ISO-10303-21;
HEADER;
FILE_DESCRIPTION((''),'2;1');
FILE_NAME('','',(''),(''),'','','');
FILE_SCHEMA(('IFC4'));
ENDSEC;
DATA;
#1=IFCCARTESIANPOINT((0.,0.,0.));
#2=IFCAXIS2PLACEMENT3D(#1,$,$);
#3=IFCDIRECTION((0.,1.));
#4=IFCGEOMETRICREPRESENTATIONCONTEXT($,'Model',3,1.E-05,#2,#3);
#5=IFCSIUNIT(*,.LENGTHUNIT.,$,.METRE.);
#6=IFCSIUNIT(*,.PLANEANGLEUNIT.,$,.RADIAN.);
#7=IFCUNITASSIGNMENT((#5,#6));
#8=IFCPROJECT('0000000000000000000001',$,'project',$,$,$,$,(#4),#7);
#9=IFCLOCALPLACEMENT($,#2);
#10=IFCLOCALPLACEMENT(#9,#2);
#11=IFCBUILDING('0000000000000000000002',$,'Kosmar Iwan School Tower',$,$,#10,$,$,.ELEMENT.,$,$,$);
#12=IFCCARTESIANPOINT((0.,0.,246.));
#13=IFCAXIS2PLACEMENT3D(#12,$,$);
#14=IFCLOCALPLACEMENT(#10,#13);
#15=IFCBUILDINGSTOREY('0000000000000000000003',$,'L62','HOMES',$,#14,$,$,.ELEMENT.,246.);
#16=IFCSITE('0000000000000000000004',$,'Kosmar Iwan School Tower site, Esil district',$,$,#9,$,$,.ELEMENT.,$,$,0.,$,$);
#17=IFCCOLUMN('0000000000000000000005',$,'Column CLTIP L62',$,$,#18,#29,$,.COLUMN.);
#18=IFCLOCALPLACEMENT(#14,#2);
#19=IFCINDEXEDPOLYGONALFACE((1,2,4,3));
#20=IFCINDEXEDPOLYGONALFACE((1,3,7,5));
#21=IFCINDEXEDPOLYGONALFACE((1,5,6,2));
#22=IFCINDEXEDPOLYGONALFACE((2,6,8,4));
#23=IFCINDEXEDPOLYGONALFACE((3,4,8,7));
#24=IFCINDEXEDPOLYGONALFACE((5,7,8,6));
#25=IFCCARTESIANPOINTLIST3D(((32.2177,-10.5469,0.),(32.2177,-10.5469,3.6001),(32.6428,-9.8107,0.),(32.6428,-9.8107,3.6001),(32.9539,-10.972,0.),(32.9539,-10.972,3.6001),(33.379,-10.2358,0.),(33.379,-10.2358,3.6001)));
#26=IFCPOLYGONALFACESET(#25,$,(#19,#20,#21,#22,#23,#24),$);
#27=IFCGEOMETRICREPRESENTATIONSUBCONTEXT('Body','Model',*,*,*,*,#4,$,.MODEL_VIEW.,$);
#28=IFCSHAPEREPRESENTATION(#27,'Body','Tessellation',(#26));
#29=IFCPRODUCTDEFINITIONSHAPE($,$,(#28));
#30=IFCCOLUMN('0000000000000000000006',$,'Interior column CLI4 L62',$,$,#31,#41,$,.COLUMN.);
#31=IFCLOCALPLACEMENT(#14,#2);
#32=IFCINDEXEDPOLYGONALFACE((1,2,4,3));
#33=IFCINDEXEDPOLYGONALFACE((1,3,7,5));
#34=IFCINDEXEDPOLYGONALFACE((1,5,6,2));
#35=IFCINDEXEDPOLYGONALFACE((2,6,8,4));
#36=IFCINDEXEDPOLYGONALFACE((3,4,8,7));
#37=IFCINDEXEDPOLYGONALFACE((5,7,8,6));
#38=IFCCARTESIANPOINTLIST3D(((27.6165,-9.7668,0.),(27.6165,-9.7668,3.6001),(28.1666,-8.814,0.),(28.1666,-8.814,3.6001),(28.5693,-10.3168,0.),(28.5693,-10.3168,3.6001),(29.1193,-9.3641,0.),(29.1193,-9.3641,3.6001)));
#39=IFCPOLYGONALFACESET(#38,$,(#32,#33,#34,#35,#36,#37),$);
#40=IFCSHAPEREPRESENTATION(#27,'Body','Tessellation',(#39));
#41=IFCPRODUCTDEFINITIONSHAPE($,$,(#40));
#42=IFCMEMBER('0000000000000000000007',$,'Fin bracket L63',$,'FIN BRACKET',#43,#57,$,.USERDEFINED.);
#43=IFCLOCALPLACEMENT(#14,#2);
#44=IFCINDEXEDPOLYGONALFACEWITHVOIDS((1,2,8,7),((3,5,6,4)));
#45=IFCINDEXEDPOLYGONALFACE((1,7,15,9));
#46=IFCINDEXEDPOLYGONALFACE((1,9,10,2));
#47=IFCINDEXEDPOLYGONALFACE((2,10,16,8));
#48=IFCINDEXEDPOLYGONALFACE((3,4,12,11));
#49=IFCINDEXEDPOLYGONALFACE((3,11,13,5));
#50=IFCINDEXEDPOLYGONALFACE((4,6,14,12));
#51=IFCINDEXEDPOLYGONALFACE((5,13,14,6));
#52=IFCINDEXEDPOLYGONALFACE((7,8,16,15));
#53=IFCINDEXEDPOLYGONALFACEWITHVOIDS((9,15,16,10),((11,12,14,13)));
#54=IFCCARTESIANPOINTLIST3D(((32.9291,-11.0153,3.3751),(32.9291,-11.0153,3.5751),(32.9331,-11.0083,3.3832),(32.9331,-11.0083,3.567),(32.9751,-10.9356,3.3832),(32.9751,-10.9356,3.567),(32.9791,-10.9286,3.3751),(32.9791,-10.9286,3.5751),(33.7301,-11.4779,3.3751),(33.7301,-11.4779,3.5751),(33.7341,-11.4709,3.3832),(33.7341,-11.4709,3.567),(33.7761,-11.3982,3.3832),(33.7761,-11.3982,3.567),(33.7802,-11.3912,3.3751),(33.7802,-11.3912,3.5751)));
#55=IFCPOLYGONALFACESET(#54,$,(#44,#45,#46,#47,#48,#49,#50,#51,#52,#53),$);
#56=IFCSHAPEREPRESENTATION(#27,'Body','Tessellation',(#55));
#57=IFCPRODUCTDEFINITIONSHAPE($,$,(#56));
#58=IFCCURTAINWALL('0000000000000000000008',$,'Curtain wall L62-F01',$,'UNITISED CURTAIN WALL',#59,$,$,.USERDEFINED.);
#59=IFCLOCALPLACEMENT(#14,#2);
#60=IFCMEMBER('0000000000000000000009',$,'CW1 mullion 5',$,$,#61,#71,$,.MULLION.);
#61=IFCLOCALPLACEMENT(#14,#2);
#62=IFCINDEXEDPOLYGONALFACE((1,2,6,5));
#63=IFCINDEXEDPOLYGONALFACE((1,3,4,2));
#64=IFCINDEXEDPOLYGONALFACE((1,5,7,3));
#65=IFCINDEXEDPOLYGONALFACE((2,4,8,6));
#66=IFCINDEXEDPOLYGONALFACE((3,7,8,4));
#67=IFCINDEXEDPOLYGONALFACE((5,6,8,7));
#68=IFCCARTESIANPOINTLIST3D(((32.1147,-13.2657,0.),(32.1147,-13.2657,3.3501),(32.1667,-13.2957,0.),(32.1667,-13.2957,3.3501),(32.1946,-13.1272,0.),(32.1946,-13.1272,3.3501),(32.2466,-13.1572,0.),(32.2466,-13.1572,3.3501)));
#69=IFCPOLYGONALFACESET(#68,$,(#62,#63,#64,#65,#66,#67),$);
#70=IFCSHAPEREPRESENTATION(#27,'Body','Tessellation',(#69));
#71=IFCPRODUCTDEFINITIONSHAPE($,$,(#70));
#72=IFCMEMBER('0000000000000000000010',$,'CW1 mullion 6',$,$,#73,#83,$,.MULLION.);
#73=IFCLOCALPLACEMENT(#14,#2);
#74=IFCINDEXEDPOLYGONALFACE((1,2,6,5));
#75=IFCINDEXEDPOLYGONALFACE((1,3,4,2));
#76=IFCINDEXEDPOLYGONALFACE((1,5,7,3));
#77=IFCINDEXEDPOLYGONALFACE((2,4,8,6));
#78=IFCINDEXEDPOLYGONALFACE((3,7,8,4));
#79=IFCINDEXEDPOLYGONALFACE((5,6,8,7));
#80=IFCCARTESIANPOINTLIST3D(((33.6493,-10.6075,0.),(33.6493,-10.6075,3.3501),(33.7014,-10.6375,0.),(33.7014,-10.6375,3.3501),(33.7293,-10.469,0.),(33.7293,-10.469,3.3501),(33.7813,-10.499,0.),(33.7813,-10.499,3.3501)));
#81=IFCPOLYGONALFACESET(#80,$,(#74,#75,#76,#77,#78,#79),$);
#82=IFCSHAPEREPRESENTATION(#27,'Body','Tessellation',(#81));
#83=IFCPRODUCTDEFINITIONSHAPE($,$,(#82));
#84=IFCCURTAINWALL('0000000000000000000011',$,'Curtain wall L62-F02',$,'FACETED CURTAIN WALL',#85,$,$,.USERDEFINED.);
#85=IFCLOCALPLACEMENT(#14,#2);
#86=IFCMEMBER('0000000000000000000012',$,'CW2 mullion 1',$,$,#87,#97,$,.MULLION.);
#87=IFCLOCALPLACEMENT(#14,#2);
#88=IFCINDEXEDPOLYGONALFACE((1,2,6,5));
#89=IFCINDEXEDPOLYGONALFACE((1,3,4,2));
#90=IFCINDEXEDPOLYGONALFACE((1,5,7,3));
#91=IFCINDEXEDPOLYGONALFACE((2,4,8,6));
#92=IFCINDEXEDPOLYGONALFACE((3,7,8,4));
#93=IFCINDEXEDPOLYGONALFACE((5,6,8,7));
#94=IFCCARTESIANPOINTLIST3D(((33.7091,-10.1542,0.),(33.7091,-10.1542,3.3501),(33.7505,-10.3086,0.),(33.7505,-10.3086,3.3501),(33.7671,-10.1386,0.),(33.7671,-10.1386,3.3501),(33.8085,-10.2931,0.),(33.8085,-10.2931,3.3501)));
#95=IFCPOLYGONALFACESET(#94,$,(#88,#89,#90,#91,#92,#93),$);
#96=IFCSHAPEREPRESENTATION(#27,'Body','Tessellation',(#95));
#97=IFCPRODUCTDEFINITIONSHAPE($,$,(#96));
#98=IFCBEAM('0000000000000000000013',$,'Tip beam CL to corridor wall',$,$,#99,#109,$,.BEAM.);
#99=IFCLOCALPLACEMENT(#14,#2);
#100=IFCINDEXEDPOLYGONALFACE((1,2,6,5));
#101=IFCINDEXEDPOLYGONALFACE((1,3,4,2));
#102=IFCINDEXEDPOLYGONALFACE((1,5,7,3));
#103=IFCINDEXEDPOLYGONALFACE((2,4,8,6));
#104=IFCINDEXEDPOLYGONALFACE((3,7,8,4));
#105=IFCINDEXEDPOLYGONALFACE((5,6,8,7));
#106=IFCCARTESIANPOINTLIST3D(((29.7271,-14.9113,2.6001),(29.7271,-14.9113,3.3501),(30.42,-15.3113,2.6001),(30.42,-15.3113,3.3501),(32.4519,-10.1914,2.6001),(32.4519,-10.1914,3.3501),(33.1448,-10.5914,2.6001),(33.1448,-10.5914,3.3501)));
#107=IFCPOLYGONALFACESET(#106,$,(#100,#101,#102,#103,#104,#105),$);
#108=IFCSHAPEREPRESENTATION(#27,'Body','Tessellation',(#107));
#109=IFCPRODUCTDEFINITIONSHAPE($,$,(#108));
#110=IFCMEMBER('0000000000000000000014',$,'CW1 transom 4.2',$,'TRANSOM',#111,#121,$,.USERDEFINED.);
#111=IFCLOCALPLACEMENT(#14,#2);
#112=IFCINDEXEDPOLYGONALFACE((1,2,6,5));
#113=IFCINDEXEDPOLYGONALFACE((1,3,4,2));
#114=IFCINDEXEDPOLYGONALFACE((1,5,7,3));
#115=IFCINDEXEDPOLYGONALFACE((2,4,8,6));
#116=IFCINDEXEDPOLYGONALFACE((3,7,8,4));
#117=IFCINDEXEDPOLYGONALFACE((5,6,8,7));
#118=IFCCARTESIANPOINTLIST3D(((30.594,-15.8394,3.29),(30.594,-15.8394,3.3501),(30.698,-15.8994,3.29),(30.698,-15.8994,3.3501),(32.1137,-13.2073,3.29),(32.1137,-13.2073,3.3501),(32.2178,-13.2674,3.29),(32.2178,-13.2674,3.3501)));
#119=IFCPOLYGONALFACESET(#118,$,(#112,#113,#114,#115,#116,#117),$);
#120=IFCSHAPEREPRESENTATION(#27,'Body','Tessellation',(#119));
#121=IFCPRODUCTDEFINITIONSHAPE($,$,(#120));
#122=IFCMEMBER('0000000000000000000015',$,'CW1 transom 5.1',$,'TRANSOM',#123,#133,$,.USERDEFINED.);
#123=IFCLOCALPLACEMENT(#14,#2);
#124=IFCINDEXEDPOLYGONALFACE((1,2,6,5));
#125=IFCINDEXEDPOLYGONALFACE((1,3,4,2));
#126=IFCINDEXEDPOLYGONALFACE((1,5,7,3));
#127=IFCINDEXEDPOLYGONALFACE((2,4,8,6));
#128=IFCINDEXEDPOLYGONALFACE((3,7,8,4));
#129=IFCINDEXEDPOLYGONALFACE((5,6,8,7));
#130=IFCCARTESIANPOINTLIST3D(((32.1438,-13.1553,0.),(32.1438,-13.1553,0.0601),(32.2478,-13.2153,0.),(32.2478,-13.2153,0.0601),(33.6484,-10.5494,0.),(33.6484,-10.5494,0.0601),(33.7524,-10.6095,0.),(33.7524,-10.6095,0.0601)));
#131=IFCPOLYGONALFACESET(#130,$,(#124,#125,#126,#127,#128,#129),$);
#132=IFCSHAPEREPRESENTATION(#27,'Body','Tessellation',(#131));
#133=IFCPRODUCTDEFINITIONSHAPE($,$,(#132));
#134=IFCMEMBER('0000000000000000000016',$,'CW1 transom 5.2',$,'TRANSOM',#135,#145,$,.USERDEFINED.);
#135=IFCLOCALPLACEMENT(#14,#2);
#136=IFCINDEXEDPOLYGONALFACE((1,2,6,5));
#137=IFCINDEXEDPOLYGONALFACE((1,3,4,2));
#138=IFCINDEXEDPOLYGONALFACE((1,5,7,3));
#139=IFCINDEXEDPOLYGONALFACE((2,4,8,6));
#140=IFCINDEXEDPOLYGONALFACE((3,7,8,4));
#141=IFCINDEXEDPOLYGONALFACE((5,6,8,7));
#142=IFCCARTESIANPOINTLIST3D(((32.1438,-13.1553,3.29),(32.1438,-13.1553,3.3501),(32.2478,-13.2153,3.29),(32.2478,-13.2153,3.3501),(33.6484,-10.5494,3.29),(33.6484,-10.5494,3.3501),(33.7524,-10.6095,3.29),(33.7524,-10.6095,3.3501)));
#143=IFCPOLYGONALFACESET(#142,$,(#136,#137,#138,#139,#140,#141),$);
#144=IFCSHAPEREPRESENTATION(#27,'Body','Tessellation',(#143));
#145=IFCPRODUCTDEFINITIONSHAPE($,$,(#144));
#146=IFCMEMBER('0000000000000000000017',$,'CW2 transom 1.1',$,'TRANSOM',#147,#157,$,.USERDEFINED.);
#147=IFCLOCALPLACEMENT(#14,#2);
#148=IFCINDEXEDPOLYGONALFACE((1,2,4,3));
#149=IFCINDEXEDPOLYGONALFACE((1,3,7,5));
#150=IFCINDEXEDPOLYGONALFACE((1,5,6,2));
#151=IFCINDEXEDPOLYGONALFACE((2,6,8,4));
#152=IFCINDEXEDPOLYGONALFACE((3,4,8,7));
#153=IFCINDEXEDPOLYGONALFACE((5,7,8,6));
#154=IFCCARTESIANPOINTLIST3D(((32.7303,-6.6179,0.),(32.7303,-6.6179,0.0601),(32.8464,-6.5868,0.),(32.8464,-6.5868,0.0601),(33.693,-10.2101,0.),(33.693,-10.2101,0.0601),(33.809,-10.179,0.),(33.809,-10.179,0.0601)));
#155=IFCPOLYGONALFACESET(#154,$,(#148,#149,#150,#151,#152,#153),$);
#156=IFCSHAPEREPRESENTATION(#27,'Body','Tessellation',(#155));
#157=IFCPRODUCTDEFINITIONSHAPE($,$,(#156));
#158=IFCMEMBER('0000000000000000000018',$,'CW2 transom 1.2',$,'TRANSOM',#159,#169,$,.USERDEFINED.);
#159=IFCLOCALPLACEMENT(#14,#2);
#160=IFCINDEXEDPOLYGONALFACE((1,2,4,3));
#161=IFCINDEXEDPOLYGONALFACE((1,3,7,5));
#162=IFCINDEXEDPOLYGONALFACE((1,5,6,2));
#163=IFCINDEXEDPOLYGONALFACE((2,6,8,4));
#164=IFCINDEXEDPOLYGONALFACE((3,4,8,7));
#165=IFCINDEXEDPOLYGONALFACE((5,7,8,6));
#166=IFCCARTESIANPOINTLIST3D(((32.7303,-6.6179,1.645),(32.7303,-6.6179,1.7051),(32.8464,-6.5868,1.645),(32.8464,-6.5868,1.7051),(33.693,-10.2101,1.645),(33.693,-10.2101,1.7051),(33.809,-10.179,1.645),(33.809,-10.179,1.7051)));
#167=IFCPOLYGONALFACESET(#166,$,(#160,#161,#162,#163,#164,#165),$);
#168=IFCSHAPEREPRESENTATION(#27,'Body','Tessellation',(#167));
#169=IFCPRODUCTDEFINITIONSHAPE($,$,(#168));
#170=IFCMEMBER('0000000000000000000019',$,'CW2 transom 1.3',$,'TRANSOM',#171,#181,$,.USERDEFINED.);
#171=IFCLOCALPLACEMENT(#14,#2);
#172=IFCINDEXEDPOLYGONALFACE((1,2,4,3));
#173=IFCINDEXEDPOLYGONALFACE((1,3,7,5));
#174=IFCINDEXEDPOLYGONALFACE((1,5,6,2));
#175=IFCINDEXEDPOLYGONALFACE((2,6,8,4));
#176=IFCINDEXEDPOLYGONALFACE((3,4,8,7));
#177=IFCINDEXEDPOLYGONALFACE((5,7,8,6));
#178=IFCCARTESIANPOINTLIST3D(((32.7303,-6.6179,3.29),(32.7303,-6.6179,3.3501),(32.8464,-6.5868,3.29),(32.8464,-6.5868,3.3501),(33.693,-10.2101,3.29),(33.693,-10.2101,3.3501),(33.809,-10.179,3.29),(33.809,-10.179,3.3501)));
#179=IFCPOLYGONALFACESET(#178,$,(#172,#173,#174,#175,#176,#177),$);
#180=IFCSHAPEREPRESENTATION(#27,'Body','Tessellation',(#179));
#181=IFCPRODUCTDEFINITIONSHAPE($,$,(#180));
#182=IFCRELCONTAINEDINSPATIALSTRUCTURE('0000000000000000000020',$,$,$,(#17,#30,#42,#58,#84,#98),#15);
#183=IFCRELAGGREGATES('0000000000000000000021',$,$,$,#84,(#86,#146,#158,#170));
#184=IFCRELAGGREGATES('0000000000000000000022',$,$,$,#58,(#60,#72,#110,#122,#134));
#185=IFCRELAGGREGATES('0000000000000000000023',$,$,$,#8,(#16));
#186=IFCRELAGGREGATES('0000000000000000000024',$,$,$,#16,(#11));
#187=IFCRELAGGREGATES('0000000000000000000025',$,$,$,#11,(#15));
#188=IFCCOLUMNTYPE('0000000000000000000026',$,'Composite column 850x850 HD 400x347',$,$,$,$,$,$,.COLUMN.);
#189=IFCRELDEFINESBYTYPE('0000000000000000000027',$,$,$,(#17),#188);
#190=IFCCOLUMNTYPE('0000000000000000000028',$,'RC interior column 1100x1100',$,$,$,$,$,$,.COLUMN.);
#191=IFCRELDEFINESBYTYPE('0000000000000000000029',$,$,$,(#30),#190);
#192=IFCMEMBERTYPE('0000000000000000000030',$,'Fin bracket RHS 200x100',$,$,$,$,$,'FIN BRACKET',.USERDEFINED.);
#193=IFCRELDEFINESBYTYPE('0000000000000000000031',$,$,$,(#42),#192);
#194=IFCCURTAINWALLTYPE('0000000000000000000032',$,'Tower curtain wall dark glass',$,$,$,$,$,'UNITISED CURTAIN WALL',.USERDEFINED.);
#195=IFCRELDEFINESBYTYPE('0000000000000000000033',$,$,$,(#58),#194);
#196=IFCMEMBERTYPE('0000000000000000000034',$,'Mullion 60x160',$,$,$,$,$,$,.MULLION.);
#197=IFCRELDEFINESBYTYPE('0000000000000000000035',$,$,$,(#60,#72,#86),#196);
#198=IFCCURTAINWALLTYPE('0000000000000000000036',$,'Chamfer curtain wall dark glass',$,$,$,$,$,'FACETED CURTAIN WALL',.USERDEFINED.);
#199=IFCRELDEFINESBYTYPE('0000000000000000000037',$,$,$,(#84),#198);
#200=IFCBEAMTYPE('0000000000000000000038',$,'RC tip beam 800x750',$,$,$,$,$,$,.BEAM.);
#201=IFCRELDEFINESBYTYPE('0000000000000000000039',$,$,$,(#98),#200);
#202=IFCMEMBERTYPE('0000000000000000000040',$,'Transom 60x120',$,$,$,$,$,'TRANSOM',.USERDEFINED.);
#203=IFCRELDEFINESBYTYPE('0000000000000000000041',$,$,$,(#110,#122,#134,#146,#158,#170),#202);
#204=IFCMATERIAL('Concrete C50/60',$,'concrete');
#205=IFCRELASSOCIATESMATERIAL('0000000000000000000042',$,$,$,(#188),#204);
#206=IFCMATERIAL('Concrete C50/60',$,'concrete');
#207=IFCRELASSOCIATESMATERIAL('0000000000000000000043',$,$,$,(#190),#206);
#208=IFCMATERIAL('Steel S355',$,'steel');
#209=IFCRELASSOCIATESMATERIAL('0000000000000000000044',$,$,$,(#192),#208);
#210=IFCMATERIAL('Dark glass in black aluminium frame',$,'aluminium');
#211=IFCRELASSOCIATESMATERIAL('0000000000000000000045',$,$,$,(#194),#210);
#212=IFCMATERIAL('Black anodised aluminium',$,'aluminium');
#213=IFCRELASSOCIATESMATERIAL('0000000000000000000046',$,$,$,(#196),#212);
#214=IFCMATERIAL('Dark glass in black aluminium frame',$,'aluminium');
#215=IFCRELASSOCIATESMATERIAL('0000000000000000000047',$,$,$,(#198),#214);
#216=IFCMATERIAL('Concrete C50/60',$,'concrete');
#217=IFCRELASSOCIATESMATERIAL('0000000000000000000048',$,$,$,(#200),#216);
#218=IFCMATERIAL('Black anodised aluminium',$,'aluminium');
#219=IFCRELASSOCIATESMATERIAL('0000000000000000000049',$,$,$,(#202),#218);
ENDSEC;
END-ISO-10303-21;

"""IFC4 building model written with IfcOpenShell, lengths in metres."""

from ifc_helpers import new_model, si_unit, direction, frame, origin, origin_2d, place, context, subcontext, project, spatial, rectangle, hollow_rectangle, extrude, material, material_profile, profile_set, type_object, element, aggregate, save


model = new_model("IFC4")

# Units and contexts
model_context = context("Model", 3, precision=1e-05, world=origin(), true_north=direction((0.0, 1.0)))
body_context = subcontext(model_context, "Body", "Model", "MODEL_VIEW")
ifc_project = project(units=[si_unit("LENGTHUNIT", "METRE"), si_unit("PLANEANGLEUNIT", "RADIAN")], contexts=[model_context])

# Site, building, storey
site_placement = place(None, origin())
site = spatial("IfcSite", under=ifc_project, at=site_placement, Name="Kosmar Iwan School Tower site, Esil district", CompositionType="ELEMENT", RefElevation=0.0)
building_placement = place(site_placement, origin())
building = spatial("IfcBuilding", under=site, at=building_placement, Name="Kosmar Iwan School Tower", CompositionType="ELEMENT")
storey_placement = place(building_placement, frame((0.0, 0.0, 246.0)))
storey = spatial("IfcBuildingStorey", under=building, at=storey_placement, Name="L62", Description="HOMES", CompositionType="ELEMENT", Elevation=246.0)

# Columns
ifc_material_1 = material(Name="Concrete C50/60", Category="concrete")
ifc_material_profile_1 = material_profile(ifc_material_1, rectangle(XDim=0.8501, YDim=0.8501, at=origin_2d()), Name="RC 850x850 + HD 400x347")
ifc_profile_set_1 = profile_set([ifc_material_profile_1], Name="Concrete C50/60")
column_type_1 = type_object("IfcColumnType", Name="Composite column 850x850 HD 400x347", PredefinedType="COLUMN", material=ifc_profile_set_1)
column_1_placement = place(storey_placement, frame((32.7983, -10.3914, 0.0), z_axis=(0.0, 0.0, 1.0), x_axis=(0.866025, -0.5, 0.0)))
element("IfcColumn", 1, at=column_1_placement, inside=storey, type_object=column_type_1, Name="Column CLTIP L62", PredefinedType="COLUMN", context=body_context, shape_type="SweptSolid", body=[
    extrude(rectangle(XDim=0.8501, YDim=0.8501, at=origin_2d()), origin(), (0.0, 0.0, 1.0), 3.6001),
])
ifc_material_2 = material(Name="Concrete C50/60", Category="concrete")
ifc_material_profile_2 = material_profile(ifc_material_2, rectangle(XDim=1.1001, YDim=1.1001, at=origin_2d()), Name="RC 1100x1100")
ifc_profile_set_2 = profile_set([ifc_material_profile_2], Name="Concrete C50/60")
column_type_2 = type_object("IfcColumnType", Name="RC interior column 1100x1100", PredefinedType="COLUMN", material=ifc_profile_set_2)
column_2_placement = place(storey_placement, frame((28.3679, -9.5654, 0.0), z_axis=(0.0, 0.0, 1.0), x_axis=(0.866025, -0.5, 0.0)))
element("IfcColumn", 2, at=column_2_placement, inside=storey, type_object=column_type_2, Name="Interior column CLI4 L62", PredefinedType="COLUMN", context=body_context, shape_type="SweptSolid", body=[
    extrude(rectangle(XDim=1.1001, YDim=1.1001, at=origin_2d()), origin(), (0.0, 0.0, 1.0), 3.6001),
])

# Member
ifc_material_3 = material(Name="Steel S355", Category="steel")
ifc_material_profile_3 = material_profile(ifc_material_3, hollow_rectangle(XDim=0.1001, YDim=0.2, WallThickness=0.0081, at=origin_2d()), Name="RHS 200x100x8")
ifc_profile_set_3 = profile_set([ifc_material_profile_3], Name="Steel S355")
member_type_1 = type_object("IfcMemberType", Name="Fin bracket RHS 200x100", ElementType="FIN BRACKET", PredefinedType="USERDEFINED", material=ifc_profile_set_3)
member_1_placement = place(storey_placement, frame((32.9541, -10.9719, 3.4751), z_axis=(0.865944, -0.500141, 0.0), x_axis=(0.500141, 0.865944, 0.0)))
element("IfcMember", 3, at=member_1_placement, inside=storey, type_object=member_type_1, Name="Fin bracket L63", ObjectType="FIN BRACKET", PredefinedType="USERDEFINED", context=body_context, shape_type="SweptSolid", body=[
    extrude(hollow_rectangle(XDim=0.1001, YDim=0.2, WallThickness=0.0081, at=origin_2d()), origin(), (0.0, 0.0, 1.0), 0.925),
])

# Curtain wall, members
ifc_material_4 = material(Name="Dark glass in black aluminium frame", Category="aluminium")
curtain_wall_type_1 = type_object("IfcCurtainWallType", Name="Tower curtain wall dark glass", ElementType="UNITISED CURTAIN WALL", PredefinedType="USERDEFINED", material=ifc_material_4)
curtain_wall_1_placement = place(storey_placement, origin())
curtain_wall_1 = element("IfcCurtainWall", 4, at=curtain_wall_1_placement, inside=storey, type_object=curtain_wall_type_1, Name="Curtain wall L62-F01", ObjectType="UNITISED CURTAIN WALL", PredefinedType="USERDEFINED")
ifc_material_5 = material(Name="Black anodised aluminium", Category="aluminium")
ifc_material_profile_4 = material_profile(ifc_material_5, rectangle(XDim=0.0601, YDim=0.1599, at=origin_2d()), Name="MULLION 60x160")
ifc_profile_set_4 = profile_set([ifc_material_profile_4], Name="Black anodised aluminium")
member_type_2 = type_object("IfcMemberType", Name="Mullion 60x160", PredefinedType="MULLION", material=ifc_profile_set_4)
member_2_placement = place(storey_placement, frame((32.1807, -13.2114, 0.0), z_axis=(0.0, 0.0, 1.0), x_axis=(-0.866025, 0.5, 0.0)))
member_2 = element("IfcMember", 5, at=member_2_placement, type_object=member_type_2, Name="CW1 mullion 5", PredefinedType="MULLION", context=body_context, shape_type="SweptSolid", body=[
    extrude(rectangle(XDim=0.0601, YDim=0.1599, at=origin_2d()), origin(), (0.0, 0.0, 1.0), 3.3501),
])
member_3_placement = place(storey_placement, frame((33.7153, -10.5532, 0.0), z_axis=(0.0, 0.0, 1.0), x_axis=(-0.866025, 0.5, 0.0)))
member_3 = element("IfcMember", 6, at=member_3_placement, type_object=member_type_2, Name="CW1 mullion 6", PredefinedType="MULLION", context=body_context, shape_type="SweptSolid", body=[
    extrude(rectangle(XDim=0.0601, YDim=0.1599, at=origin_2d()), origin(), (0.0, 0.0, 1.0), 3.3501),
])

# Curtain wall, member
ifc_material_6 = material(Name="Dark glass in black aluminium frame", Category="aluminium")
curtain_wall_type_2 = type_object("IfcCurtainWallType", Name="Chamfer curtain wall dark glass", ElementType="FACETED CURTAIN WALL", PredefinedType="USERDEFINED", material=ifc_material_6)
curtain_wall_2_placement = place(storey_placement, origin())
curtain_wall_2 = element("IfcCurtainWall", 7, at=curtain_wall_2_placement, inside=storey, type_object=curtain_wall_type_2, Name="Curtain wall L62-F02", ObjectType="FACETED CURTAIN WALL", PredefinedType="USERDEFINED")
member_4_placement = place(storey_placement, frame((33.7588, -10.2236, 0.0), z_axis=(0.0, 0.0, 1.0), x_axis=(-0.965926, -0.258819, 0.0)))
member_4 = element("IfcMember", 8, at=member_4_placement, type_object=member_type_2, Name="CW2 mullion 1", PredefinedType="MULLION", context=body_context, shape_type="SweptSolid", body=[
    extrude(rectangle(XDim=0.0601, YDim=0.1599, at=origin_2d()), origin(), (0.0, 0.0, 1.0), 3.3501),
])

# Beam
ifc_material_7 = material(Name="Concrete C50/60", Category="concrete")
ifc_material_profile_5 = material_profile(ifc_material_7, rectangle(XDim=0.8, YDim=0.75, at=origin_2d()), Name="RC 800x750")
ifc_profile_set_5 = profile_set([ifc_material_profile_5], Name="Concrete C50/60")
beam_type = type_object("IfcBeamType", Name="RC tip beam 800x750", PredefinedType="BEAM", material=ifc_profile_set_5)
beam_placement = place(storey_placement, frame((32.7983, -10.3914, 2.9751), z_axis=(-0.499969, -0.866043, 0.0), x_axis=(0.866043, -0.499969, 0.0)))
element("IfcBeam", 9, at=beam_placement, inside=storey, type_object=beam_type, Name="Tip beam CL to corridor wall", PredefinedType="BEAM", context=body_context, shape_type="SweptSolid", body=[
    extrude(rectangle(XDim=0.8, YDim=0.75, at=origin_2d()), origin(), (0.0, 0.0, 1.0), 5.45),
])

# Members
ifc_material_8 = material(Name="Black anodised aluminium", Category="aluminium")
ifc_material_profile_6 = material_profile(ifc_material_8, rectangle(XDim=0.1201, YDim=0.0601, at=origin_2d()), Name="TRANSOM 60x120")
ifc_profile_set_6 = profile_set([ifc_material_profile_6], Name="Black anodised aluminium")
member_type_3 = type_object("IfcMemberType", Name="Transom 60x120", ElementType="TRANSOM", PredefinedType="USERDEFINED", material=ifc_profile_set_6)
member_5_placement = place(storey_placement, frame((30.646, -15.8694, 3.3201), z_axis=(0.500035, 0.866005, 0.0), x_axis=(-0.866005, 0.500035, 0.0)))
member_5 = element("IfcMember", 10, at=member_5_placement, type_object=member_type_3, Name="CW1 transom 4.2", ObjectType="TRANSOM", PredefinedType="USERDEFINED", context=body_context, shape_type="SweptSolid", body=[
    extrude(rectangle(XDim=0.1201, YDim=0.0601, at=origin_2d()), origin(), (0.0, 0.0, 1.0), 3.0393),
])
member_6_placement = place(storey_placement, frame((32.1958, -13.1853, 0.03), z_axis=(0.500022, 0.866013, 0.0), x_axis=(-0.866013, 0.500022, 0.0)))
member_6 = element("IfcMember", 11, at=member_6_placement, type_object=member_type_3, Name="CW1 transom 5.1", ObjectType="TRANSOM", PredefinedType="USERDEFINED", context=body_context, shape_type="SweptSolid", body=[
    extrude(rectangle(XDim=0.1201, YDim=0.0601, at=origin_2d()), origin(), (0.0, 0.0, 1.0), 3.009),
])
member_7_placement = place(storey_placement, frame((32.1958, -13.1853, 3.3201), z_axis=(0.500022, 0.866013, 0.0), x_axis=(-0.866013, 0.500022, 0.0)))
member_7 = element("IfcMember", 12, at=member_7_placement, type_object=member_type_3, Name="CW1 transom 5.2", ObjectType="TRANSOM", PredefinedType="USERDEFINED", context=body_context, shape_type="SweptSolid", body=[
    extrude(rectangle(XDim=0.1201, YDim=0.0601, at=origin_2d()), origin(), (0.0, 0.0, 1.0), 3.009),
])
member_8_placement = place(storey_placement, frame((33.751, -10.1946, 0.03), z_axis=(-0.258843, 0.965919, 0.0), x_axis=(-0.965919, -0.258843, 0.0)))
member_8 = element("IfcMember", 13, at=member_8_placement, type_object=member_type_3, Name="CW2 transom 1.1", ObjectType="TRANSOM", PredefinedType="USERDEFINED", context=body_context, shape_type="SweptSolid", body=[
    extrude(rectangle(XDim=0.1201, YDim=0.0601, at=origin_2d()), origin(), (0.0, 0.0, 1.0), 3.719),
])
member_9_placement = place(storey_placement, frame((33.751, -10.1946, 1.675), z_axis=(-0.258843, 0.965919, 0.0), x_axis=(-0.965919, -0.258843, 0.0)))
member_9 = element("IfcMember", 14, at=member_9_placement, type_object=member_type_3, Name="CW2 transom 1.2", ObjectType="TRANSOM", PredefinedType="USERDEFINED", context=body_context, shape_type="SweptSolid", body=[
    extrude(rectangle(XDim=0.1201, YDim=0.0601, at=origin_2d()), origin(), (0.0, 0.0, 1.0), 3.719),
])
member_10_placement = place(storey_placement, frame((33.751, -10.1946, 3.3201), z_axis=(-0.258843, 0.965919, 0.0), x_axis=(-0.965919, -0.258843, 0.0)))
member_10 = element("IfcMember", 15, at=member_10_placement, type_object=member_type_3, Name="CW2 transom 1.3", ObjectType="TRANSOM", PredefinedType="USERDEFINED", context=body_context, shape_type="SweptSolid", body=[
    extrude(rectangle(XDim=0.1201, YDim=0.0601, at=origin_2d()), origin(), (0.0, 0.0, 1.0), 3.719),
])
aggregate(curtain_wall_2, [member_4, member_8, member_9, member_10])

aggregate(curtain_wall_1, [member_2, member_3, member_5, member_6, member_7])

save(model, "model.ifc")
